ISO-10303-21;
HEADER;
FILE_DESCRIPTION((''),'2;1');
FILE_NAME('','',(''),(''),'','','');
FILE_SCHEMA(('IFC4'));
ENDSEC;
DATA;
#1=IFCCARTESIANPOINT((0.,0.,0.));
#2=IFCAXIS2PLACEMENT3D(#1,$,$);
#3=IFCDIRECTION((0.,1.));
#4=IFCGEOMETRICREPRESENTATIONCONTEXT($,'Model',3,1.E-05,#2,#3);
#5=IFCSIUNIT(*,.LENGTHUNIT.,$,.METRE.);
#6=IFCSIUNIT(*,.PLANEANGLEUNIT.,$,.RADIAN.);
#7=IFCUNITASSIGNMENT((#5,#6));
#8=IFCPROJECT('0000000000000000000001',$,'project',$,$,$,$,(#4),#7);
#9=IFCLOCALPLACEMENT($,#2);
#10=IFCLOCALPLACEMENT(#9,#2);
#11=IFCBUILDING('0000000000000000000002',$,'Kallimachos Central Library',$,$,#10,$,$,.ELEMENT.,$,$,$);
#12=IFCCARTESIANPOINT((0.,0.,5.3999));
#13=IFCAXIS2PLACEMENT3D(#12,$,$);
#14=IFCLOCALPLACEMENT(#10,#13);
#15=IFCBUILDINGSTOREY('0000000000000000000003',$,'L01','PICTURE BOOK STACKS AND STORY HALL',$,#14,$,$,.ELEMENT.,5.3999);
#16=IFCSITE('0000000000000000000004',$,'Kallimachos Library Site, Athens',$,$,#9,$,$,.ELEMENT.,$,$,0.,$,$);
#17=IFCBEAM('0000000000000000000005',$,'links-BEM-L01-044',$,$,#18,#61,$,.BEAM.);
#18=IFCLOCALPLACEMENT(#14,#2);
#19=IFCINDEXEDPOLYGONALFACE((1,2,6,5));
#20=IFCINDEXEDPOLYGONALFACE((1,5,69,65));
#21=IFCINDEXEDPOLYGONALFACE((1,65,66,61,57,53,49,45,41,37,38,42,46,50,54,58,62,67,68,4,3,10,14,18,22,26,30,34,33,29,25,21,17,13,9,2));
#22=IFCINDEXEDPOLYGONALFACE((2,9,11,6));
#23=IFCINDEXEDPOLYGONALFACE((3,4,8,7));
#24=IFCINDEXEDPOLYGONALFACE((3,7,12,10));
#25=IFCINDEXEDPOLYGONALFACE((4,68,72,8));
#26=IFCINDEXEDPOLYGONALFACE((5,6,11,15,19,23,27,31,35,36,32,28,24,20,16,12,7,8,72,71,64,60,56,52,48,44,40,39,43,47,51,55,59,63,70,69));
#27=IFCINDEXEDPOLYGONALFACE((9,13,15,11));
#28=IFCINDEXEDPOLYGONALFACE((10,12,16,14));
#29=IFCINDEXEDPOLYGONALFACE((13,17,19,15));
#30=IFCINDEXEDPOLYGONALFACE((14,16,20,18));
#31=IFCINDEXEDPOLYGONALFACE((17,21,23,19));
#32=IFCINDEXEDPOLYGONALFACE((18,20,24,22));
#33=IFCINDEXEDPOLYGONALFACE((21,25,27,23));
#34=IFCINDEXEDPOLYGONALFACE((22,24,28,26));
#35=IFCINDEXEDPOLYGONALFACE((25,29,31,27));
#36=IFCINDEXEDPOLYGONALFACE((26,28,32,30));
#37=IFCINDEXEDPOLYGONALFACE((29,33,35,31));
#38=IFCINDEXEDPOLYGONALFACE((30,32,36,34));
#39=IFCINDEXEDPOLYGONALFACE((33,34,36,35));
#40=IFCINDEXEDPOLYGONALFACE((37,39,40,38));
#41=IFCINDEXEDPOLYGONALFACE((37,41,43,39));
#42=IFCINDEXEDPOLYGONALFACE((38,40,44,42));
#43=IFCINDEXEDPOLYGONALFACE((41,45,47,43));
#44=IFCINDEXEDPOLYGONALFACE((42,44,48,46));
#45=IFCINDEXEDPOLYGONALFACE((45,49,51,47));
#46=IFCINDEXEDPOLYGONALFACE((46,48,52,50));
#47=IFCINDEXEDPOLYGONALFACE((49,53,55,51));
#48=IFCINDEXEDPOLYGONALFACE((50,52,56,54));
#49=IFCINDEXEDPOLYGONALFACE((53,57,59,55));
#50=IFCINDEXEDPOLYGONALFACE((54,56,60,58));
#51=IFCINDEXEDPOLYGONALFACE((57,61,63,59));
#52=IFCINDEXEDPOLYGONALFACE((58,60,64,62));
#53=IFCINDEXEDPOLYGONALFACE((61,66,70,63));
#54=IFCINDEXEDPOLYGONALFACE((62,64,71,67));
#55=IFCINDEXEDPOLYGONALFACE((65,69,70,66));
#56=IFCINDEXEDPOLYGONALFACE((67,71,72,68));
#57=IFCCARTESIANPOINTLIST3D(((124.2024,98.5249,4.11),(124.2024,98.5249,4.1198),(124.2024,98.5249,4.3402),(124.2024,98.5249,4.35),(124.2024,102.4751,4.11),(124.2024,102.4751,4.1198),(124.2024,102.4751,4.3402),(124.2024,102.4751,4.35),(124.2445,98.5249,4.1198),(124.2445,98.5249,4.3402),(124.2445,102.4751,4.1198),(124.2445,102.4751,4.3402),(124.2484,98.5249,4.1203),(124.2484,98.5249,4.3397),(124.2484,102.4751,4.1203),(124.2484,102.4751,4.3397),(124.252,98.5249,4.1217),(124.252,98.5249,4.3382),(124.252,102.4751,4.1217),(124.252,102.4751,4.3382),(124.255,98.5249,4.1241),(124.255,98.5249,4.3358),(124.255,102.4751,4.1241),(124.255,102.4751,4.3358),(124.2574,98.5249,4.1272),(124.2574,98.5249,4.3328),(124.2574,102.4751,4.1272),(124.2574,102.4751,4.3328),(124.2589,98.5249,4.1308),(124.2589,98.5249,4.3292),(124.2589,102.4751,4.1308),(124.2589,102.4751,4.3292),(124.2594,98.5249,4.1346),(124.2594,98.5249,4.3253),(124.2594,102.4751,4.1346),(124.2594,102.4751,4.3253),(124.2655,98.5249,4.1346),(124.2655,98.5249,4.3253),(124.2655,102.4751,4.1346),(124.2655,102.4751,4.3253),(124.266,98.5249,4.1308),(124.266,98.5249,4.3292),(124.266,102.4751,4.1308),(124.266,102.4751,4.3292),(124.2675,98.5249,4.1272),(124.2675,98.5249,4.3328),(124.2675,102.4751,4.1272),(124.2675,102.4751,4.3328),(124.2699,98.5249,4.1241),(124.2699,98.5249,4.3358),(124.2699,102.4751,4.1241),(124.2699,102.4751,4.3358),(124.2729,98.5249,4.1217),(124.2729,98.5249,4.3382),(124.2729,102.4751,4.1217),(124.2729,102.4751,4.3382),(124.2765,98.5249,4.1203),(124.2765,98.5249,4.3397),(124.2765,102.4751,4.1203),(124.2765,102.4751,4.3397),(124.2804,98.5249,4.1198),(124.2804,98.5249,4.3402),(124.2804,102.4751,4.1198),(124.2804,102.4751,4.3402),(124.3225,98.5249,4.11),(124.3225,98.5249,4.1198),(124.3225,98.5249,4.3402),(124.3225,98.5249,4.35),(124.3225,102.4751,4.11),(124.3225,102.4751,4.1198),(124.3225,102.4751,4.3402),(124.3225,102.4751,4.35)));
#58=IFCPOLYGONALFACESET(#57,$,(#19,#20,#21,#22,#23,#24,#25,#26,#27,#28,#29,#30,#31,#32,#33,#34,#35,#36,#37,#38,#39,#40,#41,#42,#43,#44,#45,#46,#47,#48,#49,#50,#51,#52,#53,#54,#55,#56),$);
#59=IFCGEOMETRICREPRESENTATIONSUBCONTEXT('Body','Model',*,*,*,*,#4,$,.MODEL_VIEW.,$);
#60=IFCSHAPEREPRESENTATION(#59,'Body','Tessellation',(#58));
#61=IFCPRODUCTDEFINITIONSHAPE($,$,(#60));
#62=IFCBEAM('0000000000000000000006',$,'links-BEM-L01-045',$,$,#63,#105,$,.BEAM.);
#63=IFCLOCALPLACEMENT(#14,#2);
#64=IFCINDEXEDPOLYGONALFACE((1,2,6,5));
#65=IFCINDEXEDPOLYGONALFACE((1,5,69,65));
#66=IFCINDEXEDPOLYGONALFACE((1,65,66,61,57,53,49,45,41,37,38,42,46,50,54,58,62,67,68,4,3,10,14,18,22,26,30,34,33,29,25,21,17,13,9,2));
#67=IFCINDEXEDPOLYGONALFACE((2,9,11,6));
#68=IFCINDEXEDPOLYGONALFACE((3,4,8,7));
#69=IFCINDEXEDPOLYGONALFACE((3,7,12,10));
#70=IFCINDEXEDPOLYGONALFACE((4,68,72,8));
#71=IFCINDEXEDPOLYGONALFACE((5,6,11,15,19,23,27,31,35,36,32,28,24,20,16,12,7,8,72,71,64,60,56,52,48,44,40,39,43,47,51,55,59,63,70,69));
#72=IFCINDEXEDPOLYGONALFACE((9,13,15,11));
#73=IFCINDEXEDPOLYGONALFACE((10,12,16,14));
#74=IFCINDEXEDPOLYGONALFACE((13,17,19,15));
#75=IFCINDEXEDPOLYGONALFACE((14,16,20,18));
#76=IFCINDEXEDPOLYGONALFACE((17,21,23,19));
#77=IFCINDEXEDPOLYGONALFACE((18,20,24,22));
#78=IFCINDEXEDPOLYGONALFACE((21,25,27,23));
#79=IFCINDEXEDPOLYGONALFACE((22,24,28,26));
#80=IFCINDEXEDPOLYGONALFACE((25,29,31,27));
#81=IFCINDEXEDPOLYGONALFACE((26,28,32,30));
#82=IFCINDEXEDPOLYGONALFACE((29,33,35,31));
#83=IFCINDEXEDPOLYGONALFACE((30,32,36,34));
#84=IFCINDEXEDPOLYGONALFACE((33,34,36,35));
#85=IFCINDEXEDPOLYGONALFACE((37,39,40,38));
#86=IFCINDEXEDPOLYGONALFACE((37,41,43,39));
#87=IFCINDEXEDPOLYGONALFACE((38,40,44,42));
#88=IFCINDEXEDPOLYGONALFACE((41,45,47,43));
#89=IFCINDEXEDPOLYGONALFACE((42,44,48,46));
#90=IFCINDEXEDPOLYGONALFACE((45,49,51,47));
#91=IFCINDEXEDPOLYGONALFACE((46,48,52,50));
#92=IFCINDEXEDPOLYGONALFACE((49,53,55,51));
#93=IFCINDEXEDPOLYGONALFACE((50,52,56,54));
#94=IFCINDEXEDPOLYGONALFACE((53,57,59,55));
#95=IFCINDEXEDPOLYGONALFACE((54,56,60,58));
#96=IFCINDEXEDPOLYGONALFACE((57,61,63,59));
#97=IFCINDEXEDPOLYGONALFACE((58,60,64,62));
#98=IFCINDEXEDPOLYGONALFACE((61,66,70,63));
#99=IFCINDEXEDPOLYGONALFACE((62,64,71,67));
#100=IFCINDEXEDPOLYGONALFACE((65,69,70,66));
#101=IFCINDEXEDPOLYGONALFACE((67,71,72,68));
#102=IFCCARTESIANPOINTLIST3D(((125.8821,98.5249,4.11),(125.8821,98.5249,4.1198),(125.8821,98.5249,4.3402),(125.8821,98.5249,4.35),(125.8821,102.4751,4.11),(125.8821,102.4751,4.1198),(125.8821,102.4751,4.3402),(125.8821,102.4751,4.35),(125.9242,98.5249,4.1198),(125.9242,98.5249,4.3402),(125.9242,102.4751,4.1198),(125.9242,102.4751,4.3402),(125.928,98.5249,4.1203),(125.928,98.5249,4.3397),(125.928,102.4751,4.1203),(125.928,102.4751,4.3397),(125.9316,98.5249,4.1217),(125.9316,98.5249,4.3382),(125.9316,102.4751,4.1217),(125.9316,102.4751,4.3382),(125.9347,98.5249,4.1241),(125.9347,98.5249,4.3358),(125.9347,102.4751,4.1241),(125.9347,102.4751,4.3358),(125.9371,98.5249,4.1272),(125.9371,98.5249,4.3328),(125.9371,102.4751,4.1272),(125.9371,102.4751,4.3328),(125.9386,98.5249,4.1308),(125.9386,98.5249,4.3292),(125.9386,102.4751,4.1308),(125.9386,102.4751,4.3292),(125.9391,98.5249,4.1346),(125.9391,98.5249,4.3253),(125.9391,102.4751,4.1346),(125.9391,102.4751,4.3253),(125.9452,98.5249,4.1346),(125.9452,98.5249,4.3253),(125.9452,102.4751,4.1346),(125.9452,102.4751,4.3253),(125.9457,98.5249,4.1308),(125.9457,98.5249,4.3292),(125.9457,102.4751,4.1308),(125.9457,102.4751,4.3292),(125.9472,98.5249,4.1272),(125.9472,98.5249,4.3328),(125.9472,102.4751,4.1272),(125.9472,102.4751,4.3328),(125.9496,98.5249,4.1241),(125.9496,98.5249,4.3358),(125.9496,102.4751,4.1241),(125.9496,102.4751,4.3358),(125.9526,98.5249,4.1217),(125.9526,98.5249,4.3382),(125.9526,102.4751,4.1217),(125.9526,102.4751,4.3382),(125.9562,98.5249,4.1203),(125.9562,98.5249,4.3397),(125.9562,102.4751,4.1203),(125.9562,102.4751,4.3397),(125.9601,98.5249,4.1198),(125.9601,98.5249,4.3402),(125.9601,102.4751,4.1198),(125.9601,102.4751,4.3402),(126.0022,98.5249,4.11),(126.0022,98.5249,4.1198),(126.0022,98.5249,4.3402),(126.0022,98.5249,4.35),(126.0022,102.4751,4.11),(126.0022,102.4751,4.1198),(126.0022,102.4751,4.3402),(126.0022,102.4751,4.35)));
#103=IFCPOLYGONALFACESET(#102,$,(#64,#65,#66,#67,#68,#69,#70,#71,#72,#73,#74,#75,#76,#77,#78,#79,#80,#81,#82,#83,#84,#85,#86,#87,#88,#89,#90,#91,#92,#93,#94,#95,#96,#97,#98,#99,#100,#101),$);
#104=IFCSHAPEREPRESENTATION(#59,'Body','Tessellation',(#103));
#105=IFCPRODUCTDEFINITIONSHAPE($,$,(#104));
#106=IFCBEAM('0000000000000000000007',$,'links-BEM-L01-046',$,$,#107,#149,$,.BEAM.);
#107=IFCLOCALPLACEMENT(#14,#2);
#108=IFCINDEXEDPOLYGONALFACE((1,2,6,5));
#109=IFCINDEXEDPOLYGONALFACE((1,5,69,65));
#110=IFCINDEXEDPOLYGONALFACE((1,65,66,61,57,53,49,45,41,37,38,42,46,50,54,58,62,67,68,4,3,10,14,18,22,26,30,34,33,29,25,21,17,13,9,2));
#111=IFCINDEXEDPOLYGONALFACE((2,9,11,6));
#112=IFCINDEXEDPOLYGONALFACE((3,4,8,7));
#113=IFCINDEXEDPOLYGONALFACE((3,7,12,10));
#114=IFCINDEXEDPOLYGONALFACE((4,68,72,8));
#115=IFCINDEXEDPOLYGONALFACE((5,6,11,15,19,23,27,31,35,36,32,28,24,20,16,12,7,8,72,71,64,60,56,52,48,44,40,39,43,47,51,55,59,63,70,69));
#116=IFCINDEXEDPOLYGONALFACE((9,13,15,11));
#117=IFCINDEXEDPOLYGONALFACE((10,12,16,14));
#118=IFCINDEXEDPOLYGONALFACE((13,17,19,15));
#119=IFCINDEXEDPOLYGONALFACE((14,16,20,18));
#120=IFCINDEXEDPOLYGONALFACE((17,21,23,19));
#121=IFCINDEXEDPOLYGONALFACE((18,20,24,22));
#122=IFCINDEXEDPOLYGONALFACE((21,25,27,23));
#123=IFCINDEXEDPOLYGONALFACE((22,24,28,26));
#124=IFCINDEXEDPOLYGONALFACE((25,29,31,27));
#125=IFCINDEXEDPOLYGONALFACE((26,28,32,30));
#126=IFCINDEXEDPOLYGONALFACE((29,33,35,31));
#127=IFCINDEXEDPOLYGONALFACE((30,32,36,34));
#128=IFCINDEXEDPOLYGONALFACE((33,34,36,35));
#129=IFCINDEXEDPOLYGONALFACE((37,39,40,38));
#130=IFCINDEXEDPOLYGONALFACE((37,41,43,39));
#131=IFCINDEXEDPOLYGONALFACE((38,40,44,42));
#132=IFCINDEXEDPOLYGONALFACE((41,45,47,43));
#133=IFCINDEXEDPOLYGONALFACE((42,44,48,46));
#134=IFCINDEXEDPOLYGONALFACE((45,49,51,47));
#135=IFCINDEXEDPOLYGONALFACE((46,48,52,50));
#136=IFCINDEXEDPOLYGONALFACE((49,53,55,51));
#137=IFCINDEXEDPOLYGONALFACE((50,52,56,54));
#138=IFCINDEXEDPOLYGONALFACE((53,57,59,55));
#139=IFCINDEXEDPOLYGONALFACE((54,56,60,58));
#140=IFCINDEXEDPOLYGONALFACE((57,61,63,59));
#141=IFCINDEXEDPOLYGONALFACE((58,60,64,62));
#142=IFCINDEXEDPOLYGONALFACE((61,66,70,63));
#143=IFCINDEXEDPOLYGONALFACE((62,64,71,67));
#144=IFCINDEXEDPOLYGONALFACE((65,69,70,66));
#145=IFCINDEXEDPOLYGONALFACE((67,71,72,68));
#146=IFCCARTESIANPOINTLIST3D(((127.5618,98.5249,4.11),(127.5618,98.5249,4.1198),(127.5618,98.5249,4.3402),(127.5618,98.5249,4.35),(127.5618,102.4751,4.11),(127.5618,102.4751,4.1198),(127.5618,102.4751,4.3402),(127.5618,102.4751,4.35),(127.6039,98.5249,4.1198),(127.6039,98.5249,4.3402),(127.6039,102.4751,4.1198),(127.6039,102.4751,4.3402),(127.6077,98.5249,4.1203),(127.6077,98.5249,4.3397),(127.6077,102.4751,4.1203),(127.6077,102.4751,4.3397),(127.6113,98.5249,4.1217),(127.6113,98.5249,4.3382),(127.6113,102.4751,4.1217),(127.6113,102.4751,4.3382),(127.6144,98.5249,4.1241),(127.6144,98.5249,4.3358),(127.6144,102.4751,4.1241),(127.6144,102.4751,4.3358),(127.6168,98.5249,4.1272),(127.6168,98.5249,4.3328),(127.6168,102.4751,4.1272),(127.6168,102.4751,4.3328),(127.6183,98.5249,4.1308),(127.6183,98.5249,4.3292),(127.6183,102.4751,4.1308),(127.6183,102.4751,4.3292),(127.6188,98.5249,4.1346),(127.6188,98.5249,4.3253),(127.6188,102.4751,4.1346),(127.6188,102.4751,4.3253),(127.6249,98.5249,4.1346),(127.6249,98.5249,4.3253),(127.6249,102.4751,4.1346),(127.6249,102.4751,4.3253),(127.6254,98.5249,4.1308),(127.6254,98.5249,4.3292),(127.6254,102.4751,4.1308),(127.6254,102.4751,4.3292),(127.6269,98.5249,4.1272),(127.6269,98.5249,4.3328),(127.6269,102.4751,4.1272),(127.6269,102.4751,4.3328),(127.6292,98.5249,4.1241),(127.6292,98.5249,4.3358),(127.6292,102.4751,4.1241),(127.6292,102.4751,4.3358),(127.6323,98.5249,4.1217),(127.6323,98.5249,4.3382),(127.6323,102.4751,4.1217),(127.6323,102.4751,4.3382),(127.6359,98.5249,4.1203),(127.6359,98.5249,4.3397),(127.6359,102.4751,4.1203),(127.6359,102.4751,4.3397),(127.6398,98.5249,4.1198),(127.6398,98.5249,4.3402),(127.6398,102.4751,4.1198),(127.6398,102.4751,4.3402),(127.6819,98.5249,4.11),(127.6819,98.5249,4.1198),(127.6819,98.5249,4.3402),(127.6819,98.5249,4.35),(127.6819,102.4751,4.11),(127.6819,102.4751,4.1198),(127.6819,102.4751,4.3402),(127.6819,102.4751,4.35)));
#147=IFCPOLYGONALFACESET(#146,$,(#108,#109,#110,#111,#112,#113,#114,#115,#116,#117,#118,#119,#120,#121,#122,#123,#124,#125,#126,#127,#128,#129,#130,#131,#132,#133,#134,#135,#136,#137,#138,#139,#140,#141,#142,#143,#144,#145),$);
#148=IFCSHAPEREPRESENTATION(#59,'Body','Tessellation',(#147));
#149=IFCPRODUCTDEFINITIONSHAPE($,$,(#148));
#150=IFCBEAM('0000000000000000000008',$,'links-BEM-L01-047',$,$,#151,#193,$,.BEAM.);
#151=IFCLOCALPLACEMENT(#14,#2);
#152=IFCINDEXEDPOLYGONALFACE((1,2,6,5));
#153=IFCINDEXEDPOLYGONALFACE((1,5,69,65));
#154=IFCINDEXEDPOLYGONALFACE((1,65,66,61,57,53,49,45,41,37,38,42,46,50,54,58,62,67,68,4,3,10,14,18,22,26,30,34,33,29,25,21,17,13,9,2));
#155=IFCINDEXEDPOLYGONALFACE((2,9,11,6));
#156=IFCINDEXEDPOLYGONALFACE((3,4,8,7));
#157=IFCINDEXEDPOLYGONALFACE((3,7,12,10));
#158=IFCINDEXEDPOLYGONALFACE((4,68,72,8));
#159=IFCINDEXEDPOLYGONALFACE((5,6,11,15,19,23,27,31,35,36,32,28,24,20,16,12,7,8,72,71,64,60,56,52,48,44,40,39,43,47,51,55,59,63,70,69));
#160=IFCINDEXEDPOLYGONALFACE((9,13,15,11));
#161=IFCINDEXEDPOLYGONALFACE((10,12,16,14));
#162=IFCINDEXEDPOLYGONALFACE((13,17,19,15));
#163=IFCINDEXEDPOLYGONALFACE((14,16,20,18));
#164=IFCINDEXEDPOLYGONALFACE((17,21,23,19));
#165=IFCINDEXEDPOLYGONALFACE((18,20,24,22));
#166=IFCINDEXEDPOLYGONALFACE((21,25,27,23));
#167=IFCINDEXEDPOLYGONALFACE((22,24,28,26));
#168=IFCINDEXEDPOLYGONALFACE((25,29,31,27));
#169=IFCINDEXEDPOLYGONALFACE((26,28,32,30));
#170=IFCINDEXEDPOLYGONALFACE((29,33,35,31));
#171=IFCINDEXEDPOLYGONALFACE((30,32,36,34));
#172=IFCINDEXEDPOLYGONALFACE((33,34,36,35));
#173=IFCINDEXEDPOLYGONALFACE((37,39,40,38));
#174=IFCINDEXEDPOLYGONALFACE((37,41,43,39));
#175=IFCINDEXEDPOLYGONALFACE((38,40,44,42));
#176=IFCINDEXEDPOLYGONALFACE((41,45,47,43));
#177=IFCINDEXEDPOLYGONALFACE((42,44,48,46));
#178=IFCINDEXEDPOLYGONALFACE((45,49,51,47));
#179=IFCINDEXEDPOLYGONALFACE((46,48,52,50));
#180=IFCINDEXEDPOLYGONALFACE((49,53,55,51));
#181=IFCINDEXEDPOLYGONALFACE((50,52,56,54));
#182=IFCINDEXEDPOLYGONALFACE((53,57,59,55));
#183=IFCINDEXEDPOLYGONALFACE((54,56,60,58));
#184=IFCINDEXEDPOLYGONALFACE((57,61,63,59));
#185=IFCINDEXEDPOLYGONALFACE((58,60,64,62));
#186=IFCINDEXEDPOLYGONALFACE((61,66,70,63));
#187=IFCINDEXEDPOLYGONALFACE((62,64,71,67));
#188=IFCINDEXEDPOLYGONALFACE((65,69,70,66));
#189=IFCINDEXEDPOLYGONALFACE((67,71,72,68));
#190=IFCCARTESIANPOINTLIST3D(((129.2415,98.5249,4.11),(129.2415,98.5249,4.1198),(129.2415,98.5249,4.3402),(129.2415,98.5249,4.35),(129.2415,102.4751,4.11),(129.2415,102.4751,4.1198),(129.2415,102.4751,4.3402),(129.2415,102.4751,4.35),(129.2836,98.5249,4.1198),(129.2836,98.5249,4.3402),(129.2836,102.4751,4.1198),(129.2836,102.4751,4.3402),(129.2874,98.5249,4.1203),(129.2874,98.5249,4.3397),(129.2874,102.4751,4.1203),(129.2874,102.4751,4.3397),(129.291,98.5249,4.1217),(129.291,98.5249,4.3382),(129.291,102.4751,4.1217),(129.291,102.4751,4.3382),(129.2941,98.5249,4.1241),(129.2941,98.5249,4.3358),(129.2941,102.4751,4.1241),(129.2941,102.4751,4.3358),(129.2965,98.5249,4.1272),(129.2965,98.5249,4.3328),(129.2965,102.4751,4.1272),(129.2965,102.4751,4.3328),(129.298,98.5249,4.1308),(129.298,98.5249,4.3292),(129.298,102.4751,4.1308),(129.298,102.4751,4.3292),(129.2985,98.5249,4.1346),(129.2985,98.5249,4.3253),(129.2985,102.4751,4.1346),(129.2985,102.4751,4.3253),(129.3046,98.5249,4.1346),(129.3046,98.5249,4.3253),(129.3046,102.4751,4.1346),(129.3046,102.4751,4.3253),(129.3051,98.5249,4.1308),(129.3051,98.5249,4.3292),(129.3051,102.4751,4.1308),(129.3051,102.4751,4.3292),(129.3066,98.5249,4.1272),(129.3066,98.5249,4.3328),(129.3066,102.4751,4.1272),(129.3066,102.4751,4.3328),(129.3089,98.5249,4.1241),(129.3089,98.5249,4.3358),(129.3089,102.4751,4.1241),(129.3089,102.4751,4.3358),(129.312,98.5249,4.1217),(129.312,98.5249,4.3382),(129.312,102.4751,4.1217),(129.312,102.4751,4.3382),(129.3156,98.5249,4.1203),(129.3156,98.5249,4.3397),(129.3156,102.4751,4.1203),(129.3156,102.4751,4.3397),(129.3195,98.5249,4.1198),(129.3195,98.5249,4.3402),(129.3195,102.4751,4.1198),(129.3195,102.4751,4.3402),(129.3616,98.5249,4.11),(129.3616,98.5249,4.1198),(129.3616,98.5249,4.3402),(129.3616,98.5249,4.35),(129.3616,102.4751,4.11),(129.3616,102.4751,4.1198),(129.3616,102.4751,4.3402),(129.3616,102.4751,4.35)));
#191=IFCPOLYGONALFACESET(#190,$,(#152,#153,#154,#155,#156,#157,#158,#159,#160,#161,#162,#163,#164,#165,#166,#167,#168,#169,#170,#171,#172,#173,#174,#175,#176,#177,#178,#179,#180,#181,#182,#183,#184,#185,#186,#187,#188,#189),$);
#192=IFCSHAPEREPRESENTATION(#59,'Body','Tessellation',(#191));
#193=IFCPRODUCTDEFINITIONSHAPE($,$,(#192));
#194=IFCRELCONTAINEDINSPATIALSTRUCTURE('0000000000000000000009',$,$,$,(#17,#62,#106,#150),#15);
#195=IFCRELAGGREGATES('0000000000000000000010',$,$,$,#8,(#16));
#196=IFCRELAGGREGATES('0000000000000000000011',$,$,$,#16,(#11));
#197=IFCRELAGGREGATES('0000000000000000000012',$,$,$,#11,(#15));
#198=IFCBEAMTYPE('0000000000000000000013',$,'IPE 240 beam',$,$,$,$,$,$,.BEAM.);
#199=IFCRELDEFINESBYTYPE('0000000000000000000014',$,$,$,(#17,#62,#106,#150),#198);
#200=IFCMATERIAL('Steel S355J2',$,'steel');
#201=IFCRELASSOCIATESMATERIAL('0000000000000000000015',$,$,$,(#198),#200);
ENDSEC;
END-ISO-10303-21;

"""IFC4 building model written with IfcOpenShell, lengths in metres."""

from ifc_helpers import new_model, si_unit, direction, frame, origin, origin_2d, place, context, subcontext, project, spatial, i_section, extrude, material, material_profile, profile_set, type_object, element, save


model = new_model("IFC4")

# Units and contexts
model_context = context("Model", 3, precision=1e-05, world=origin(), true_north=direction((0.0, 1.0)))
body_context = subcontext(model_context, "Body", "Model", "MODEL_VIEW")
ifc_project = project(units=[si_unit("LENGTHUNIT", "METRE"), si_unit("PLANEANGLEUNIT", "RADIAN")], contexts=[model_context])

# Site, building, storey
site_placement = place(None, origin())
site = spatial("IfcSite", under=ifc_project, at=site_placement, Name="Kallimachos Library Site, Athens", CompositionType="ELEMENT", RefElevation=0.0)
building_placement = place(site_placement, origin())
building = spatial("IfcBuilding", under=site, at=building_placement, Name="Kallimachos Central Library", CompositionType="ELEMENT")
storey_placement = place(building_placement, frame((0.0, 0.0, 5.3999)))
storey = spatial("IfcBuildingStorey", under=building, at=storey_placement, Name="L01", Description="PICTURE BOOK STACKS AND STORY HALL", CompositionType="ELEMENT", Elevation=5.3999)

# Beams
ifc_material_1 = material(Name="Steel S355J2", Category="steel")
ifc_material_profile_1 = material_profile(ifc_material_1, i_section(OverallWidth=0.1201, OverallDepth=0.24, WebThickness=0.0061, FlangeThickness=0.0098, FilletRadius=0.0149, at=origin_2d()), Name="IPE 240")
ifc_profile_set_1 = profile_set([ifc_material_profile_1], Name="Steel S355J2")
beam_type = type_object("IfcBeamType", Name="IPE 240 beam", PredefinedType="BEAM", material=ifc_profile_set_1)
for number, where, z_axis, x_axis, name in (
    (1, (124.2625, 98.5249, 4.23), (0.0, 1.0, 0.0), (-1.0, 0.0, 0.0), "links-BEM-L01-044"),
    (2, (125.9421, 98.5249, 4.23), (0.0, 1.0, 0.0), (-1.0, 0.0, 0.0), "links-BEM-L01-045"),
    (3, (127.6218, 98.5249, 4.23), (0.0, 1.0, 0.0), (-1.0, 0.0, 0.0), "links-BEM-L01-046"),
    (4, (129.3015, 98.5249, 4.23), (0.0, 1.0, 0.0), (-1.0, 0.0, 0.0), "links-BEM-L01-047"),
):
    element("IfcBeam", number, at=place(storey_placement, frame(where, z_axis=z_axis, x_axis=x_axis)), inside=storey, type_object=beam_type, Name=name, PredefinedType="BEAM", context=body_context, shape_type="SweptSolid", body=[
        extrude(i_section(OverallWidth=0.1201, OverallDepth=0.24, WebThickness=0.0061, FlangeThickness=0.0098, FilletRadius=0.0149, at=origin_2d()), origin(), (0.0, 0.0, 1.0), 3.9502),
    ])

save(model, "model.ifc")
